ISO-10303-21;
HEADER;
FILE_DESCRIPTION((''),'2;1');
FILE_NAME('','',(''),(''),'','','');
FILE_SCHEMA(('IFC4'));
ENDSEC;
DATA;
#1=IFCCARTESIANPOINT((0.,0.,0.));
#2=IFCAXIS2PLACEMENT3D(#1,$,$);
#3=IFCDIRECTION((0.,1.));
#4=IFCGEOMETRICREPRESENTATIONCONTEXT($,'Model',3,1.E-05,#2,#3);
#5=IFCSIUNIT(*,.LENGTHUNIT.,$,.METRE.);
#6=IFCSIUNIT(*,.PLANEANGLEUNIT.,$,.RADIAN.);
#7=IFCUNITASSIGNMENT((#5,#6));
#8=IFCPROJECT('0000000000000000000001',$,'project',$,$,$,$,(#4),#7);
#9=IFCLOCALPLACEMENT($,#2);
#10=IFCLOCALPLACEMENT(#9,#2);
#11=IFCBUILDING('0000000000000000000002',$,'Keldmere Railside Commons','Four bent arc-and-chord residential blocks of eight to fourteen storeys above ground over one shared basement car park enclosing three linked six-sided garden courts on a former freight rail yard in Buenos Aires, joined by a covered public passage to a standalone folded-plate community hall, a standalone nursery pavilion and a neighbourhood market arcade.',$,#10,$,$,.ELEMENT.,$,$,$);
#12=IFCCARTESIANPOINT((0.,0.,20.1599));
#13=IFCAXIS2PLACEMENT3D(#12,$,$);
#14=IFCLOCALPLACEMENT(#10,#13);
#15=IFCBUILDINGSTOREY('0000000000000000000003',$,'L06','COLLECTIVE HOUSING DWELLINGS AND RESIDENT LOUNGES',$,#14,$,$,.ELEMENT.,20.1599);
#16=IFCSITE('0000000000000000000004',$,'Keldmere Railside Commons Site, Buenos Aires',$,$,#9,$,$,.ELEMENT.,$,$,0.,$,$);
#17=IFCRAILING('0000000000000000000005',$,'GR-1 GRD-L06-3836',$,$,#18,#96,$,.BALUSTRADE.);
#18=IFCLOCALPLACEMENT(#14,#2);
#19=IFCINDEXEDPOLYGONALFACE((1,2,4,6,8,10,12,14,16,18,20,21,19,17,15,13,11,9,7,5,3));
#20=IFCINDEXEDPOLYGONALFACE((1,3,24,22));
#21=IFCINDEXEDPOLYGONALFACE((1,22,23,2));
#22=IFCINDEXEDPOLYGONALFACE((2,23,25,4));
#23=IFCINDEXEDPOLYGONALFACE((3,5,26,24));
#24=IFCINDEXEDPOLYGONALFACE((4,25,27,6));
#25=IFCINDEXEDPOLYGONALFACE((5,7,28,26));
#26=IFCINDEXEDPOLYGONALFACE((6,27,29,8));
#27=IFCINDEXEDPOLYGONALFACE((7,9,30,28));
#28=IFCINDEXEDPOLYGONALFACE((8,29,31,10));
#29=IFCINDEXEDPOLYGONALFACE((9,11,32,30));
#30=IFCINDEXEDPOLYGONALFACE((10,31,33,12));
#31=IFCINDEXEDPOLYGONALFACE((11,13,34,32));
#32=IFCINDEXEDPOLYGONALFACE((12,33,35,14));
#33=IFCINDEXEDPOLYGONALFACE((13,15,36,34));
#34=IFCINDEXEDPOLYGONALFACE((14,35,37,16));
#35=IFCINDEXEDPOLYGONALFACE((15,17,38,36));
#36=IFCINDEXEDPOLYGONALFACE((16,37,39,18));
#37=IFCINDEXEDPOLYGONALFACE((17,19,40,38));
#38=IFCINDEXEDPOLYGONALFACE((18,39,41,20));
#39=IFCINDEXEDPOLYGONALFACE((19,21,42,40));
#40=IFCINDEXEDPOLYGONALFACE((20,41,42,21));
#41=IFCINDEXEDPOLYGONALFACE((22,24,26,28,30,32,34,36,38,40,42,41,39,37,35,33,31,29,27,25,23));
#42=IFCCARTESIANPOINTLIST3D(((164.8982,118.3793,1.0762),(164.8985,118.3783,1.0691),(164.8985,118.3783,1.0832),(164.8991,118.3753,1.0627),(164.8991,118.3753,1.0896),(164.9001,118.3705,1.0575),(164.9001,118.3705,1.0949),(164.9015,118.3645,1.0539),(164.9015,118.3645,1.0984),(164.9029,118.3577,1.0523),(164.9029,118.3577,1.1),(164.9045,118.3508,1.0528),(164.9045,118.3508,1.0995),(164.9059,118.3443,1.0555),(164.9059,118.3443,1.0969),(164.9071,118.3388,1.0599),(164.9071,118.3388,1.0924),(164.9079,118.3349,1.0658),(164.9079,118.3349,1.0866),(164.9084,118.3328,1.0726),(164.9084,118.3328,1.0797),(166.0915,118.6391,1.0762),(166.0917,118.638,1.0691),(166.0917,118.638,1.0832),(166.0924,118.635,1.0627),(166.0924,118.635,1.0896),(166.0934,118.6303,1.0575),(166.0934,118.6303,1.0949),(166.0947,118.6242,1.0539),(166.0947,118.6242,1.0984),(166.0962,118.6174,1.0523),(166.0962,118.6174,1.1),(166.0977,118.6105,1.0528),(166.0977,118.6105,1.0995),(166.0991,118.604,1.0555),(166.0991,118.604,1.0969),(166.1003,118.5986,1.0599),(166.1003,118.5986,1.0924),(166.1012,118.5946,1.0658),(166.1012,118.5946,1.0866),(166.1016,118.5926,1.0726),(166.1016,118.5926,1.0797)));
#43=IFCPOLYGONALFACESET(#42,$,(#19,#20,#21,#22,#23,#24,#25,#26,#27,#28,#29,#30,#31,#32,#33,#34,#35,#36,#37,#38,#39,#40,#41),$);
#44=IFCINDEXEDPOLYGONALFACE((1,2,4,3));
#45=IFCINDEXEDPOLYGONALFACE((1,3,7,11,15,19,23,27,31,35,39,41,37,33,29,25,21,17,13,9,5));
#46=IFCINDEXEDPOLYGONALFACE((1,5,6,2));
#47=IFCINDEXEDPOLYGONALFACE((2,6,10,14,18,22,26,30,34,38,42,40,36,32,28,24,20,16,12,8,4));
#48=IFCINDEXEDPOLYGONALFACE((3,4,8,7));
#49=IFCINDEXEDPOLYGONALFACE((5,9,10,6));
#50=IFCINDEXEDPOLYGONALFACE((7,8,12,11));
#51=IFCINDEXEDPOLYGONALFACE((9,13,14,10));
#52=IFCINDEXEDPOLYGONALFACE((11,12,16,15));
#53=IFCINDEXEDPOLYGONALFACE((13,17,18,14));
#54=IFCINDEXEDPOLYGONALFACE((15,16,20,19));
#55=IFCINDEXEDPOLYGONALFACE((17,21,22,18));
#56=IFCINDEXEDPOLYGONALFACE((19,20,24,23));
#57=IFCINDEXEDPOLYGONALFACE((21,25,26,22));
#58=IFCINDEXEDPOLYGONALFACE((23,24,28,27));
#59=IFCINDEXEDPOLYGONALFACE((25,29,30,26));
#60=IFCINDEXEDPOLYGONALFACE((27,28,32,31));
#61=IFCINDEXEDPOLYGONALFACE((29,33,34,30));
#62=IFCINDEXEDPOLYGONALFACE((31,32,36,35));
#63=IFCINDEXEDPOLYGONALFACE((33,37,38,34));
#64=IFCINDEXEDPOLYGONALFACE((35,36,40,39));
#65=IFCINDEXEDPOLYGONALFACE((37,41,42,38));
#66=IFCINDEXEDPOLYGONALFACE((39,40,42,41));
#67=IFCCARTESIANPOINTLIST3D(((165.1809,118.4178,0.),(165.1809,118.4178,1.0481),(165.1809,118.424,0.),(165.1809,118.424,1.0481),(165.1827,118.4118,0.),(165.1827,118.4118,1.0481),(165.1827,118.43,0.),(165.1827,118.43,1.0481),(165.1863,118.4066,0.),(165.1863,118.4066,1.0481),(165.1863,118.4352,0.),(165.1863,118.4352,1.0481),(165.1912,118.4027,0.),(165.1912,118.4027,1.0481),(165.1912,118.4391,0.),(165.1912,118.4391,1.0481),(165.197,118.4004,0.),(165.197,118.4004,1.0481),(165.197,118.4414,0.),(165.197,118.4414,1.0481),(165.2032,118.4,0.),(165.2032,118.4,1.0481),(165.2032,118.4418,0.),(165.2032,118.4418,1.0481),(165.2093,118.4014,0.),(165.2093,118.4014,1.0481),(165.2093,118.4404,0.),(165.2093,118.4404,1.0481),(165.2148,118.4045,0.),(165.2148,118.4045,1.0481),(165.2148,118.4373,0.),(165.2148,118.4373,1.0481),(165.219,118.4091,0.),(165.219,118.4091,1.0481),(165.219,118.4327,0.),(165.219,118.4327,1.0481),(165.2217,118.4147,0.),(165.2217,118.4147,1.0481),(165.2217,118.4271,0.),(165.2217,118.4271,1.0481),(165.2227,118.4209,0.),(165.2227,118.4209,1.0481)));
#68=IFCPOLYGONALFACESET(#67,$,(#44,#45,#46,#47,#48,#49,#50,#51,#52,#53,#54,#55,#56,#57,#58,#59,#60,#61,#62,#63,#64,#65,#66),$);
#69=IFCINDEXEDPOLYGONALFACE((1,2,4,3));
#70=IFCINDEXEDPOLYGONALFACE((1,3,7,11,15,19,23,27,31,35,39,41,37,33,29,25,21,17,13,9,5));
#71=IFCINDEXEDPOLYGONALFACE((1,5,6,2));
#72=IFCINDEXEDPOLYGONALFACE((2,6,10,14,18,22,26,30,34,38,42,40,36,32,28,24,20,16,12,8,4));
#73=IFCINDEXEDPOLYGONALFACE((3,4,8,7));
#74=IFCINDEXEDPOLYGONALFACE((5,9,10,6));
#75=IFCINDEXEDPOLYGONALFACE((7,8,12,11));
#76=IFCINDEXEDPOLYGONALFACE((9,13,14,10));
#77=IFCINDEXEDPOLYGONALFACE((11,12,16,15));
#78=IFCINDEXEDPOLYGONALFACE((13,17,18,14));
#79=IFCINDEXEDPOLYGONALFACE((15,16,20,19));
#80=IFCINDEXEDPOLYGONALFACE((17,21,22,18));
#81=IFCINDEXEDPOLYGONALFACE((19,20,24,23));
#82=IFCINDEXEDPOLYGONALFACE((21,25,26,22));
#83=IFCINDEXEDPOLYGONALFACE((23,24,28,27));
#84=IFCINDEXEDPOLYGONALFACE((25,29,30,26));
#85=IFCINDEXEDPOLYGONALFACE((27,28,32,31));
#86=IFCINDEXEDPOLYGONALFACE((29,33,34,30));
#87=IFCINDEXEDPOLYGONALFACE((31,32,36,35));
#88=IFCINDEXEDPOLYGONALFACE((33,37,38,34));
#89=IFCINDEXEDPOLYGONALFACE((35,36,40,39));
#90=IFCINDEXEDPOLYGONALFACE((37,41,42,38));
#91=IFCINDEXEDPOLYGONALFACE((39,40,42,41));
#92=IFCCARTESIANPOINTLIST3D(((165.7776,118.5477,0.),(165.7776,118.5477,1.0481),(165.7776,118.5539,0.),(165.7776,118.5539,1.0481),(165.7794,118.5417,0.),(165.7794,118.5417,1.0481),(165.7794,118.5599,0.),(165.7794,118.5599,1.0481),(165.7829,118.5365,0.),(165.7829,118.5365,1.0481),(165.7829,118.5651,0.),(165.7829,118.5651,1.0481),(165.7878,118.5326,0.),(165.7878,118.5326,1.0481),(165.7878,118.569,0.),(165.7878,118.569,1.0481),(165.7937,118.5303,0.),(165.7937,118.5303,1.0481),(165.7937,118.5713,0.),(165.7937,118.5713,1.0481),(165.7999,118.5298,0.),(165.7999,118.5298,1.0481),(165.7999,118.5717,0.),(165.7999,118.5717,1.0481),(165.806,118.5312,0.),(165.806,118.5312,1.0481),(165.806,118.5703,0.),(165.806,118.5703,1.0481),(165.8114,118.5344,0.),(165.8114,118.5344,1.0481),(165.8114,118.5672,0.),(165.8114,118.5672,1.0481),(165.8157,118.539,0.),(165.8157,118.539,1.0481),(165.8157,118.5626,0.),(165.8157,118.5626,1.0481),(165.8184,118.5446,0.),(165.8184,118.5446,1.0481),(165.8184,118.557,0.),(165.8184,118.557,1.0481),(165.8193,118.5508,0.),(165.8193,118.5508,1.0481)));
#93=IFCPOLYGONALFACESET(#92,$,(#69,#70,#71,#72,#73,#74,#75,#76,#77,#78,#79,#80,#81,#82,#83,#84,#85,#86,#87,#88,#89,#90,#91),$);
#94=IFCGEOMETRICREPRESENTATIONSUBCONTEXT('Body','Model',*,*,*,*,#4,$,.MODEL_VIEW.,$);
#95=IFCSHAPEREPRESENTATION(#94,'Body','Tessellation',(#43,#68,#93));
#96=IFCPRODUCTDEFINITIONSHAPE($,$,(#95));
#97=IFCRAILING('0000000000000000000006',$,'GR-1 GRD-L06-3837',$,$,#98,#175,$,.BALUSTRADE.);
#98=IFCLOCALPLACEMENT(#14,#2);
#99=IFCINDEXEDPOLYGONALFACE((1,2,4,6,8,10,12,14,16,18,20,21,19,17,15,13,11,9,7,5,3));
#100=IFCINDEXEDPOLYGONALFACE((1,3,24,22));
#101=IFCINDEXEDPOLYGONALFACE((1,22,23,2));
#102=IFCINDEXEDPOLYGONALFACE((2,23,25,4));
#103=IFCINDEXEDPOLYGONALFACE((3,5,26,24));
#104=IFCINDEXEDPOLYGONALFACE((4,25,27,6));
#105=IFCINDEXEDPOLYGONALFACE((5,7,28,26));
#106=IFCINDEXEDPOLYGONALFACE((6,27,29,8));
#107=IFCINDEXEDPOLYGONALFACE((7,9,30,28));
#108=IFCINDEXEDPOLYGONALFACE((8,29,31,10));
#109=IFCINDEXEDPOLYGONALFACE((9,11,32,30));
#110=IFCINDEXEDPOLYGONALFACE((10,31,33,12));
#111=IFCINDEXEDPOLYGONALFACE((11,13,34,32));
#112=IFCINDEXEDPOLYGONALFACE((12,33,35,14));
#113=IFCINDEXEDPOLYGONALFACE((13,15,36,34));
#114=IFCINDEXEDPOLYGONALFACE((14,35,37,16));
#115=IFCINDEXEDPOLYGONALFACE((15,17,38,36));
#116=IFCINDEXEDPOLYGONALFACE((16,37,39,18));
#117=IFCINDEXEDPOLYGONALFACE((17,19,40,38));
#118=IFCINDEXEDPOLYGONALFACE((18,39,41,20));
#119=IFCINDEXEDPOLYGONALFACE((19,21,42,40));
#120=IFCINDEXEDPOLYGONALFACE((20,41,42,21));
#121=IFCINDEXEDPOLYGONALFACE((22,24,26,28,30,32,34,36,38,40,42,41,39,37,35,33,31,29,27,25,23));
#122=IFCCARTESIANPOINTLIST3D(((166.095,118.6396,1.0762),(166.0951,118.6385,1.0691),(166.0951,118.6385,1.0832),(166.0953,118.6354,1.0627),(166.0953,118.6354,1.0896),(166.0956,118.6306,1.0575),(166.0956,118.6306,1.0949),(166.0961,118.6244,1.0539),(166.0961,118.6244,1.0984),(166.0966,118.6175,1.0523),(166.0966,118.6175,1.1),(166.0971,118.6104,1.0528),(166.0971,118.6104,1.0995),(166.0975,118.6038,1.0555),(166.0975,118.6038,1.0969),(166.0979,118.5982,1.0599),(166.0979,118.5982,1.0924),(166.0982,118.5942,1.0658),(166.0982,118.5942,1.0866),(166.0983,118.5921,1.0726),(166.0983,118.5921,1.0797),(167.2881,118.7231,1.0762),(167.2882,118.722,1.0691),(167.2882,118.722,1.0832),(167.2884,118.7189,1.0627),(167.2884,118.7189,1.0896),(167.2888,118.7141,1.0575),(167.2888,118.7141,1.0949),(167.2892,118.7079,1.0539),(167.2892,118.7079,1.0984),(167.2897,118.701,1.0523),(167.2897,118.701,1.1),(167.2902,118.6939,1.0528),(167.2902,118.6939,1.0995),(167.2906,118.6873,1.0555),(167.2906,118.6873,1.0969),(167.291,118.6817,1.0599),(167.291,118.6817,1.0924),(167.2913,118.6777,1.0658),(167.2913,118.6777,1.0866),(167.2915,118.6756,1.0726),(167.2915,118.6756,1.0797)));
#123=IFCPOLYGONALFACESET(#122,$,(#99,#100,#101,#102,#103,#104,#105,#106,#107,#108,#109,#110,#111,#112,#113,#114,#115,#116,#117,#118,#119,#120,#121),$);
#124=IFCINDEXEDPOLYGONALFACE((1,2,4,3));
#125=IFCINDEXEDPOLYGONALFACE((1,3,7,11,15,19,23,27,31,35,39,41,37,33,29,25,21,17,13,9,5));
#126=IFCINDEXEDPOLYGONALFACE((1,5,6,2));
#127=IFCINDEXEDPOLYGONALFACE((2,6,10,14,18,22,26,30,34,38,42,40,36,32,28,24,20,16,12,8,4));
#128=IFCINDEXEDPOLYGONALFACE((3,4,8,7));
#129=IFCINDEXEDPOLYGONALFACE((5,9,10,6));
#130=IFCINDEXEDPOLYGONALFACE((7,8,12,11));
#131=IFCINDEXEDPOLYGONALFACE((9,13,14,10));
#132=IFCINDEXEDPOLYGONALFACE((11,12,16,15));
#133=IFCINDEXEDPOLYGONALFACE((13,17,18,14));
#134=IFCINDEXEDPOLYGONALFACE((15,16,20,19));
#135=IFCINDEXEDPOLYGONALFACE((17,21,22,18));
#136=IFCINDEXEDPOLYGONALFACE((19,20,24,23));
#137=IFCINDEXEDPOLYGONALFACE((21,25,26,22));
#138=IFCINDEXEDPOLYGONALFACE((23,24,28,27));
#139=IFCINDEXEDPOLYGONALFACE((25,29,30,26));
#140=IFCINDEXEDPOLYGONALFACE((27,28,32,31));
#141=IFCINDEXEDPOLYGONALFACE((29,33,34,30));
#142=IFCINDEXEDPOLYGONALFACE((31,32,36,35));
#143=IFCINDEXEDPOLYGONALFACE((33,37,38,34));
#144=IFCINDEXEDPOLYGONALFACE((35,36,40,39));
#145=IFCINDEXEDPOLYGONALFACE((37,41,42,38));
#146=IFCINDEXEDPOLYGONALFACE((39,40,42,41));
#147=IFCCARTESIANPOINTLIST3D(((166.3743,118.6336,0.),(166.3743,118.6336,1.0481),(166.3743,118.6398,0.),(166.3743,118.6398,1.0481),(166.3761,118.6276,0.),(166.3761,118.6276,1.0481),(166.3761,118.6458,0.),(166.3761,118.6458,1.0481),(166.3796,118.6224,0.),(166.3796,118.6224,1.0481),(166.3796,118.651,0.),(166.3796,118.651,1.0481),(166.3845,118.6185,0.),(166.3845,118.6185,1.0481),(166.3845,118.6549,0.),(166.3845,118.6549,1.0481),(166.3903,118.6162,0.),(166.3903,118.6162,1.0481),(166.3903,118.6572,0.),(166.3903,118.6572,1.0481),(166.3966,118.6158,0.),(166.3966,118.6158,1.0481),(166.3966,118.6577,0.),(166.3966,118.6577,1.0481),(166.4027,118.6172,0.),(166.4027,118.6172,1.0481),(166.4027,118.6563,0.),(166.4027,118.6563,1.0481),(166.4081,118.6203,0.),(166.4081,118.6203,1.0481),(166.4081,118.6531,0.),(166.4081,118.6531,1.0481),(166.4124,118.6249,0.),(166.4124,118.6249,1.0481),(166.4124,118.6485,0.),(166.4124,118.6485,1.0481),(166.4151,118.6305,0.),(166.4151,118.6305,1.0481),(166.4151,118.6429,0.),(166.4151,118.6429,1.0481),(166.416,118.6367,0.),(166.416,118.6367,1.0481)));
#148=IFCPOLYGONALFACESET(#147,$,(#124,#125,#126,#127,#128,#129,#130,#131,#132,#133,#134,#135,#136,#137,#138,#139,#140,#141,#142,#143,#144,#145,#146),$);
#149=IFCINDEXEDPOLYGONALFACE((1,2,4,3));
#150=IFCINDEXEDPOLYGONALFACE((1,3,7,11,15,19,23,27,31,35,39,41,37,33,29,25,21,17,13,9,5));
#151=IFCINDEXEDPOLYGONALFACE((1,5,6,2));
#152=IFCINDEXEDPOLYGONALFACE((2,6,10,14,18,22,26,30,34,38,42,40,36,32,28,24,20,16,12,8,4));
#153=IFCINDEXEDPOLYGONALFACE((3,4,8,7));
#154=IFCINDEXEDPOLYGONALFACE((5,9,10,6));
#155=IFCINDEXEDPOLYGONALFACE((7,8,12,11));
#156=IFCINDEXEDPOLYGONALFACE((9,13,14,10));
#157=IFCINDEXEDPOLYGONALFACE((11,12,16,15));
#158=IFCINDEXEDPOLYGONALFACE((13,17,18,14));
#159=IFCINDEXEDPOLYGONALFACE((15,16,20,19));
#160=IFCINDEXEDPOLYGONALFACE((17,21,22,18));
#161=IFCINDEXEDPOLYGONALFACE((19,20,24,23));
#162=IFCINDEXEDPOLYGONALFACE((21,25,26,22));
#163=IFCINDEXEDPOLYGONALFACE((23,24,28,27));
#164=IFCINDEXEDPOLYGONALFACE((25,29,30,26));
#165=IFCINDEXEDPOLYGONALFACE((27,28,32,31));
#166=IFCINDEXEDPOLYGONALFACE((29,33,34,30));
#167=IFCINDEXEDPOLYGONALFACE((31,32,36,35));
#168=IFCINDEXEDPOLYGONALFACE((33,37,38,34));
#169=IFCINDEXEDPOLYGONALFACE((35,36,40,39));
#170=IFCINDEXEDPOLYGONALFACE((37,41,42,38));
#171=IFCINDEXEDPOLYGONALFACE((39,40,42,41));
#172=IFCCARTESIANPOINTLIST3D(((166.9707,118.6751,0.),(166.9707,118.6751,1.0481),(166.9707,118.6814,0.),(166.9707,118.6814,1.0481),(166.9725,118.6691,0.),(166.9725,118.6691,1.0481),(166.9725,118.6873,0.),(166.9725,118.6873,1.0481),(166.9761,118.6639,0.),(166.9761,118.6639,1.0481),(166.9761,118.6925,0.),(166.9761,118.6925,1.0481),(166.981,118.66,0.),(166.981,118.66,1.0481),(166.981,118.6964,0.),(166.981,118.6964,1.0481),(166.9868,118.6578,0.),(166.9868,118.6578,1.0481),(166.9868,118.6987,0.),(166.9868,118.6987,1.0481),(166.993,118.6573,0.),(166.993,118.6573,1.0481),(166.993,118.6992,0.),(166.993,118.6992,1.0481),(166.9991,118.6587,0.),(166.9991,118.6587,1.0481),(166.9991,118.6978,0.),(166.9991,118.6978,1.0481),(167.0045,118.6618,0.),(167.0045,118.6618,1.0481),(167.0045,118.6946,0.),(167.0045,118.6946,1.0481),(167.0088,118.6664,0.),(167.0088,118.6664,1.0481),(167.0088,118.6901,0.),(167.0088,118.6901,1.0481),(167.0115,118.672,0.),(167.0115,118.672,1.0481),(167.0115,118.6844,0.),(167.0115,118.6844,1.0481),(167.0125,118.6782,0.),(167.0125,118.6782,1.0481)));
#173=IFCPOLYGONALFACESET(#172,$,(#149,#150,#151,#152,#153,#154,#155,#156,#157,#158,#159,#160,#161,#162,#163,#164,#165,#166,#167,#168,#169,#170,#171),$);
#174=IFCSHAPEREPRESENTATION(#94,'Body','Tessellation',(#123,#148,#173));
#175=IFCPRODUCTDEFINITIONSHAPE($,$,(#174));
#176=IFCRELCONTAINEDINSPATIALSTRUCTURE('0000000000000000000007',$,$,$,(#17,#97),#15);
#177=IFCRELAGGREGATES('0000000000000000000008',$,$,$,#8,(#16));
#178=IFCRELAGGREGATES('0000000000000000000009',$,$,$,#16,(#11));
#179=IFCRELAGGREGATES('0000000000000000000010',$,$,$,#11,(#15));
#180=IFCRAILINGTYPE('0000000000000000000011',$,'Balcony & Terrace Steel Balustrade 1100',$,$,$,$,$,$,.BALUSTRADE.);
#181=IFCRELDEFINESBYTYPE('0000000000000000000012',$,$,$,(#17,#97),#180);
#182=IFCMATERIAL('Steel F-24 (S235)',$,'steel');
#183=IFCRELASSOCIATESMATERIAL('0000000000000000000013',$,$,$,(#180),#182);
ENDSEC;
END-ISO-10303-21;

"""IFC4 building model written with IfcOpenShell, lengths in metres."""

from ifc_helpers import new_model, si_unit, direction, frame, origin, origin_2d, place, context, subcontext, project, spatial, circle, extrude, material, type_object, element, save


model = new_model("IFC4")

# Units and contexts
model_context = context("Model", 3, precision=1e-05, world=origin(), true_north=direction((0.0, 1.0)))
body_context = subcontext(model_context, "Body", "Model", "MODEL_VIEW")
ifc_project = project(units=[si_unit("LENGTHUNIT", "METRE"), si_unit("PLANEANGLEUNIT", "RADIAN")], contexts=[model_context])

# Site, building, storey
site_placement = place(None, origin())
site = spatial("IfcSite", under=ifc_project, at=site_placement, Name="Keldmere Railside Commons Site, Buenos Aires", CompositionType="ELEMENT", RefElevation=0.0)
building_placement = place(site_placement, origin())
building = spatial("IfcBuilding", under=site, at=building_placement, Name="Keldmere Railside Commons", Description="Four bent arc-and-chord residential blocks of eight to fourteen storeys above ground over one shared basement car park enclosing three linked six-sided garden courts on a former freight rail yard in Buenos Aires, joined by a covered public passage to a standalone folded-plate community hall, a standalone nursery pavilion and a neighbourhood market arcade.", CompositionType="ELEMENT")
storey_placement = place(building_placement, frame((0.0, 0.0, 20.1599)))
storey = spatial("IfcBuildingStorey", under=building, at=storey_placement, Name="L06", Description="COLLECTIVE HOUSING DWELLINGS AND RESIDENT LOUNGES", CompositionType="ELEMENT", Elevation=20.1599)

# Railings
ifc_material_1 = material(Name="Steel F-24 (S235)", Category="steel")
railing_type = type_object("IfcRailingType", Name="Balcony & Terrace Steel Balustrade 1100", PredefinedType="BALUSTRADE", material=ifc_material_1)
railing_1_placement = place(storey_placement, frame((164.9033, 118.356, 0.0)))
element("IfcRailing", 1, at=railing_1_placement, inside=storey, type_object=railing_type, Name="GR-1 GRD-L06-3836", PredefinedType="BALUSTRADE", context=body_context, shape_type="SweptSolid", body=[
    extrude(circle(Radius=0.0239, at=origin_2d()), frame((0.0, 0.0, 1.0762), z_axis=(0.977119, 0.212695, 0.0), x_axis=(-0.212695, 0.977119, 0.0)), (0.0, 0.0, 1.0), 1.2212),
    extrude(circle(Radius=0.021, at=origin_2d()), frame((0.2983, 0.0649, 0.0)), (0.0, 0.0, 1.0), 1.0481),
    extrude(circle(Radius=0.021, at=origin_2d()), frame((0.895, 0.1948, 0.0)), (0.0, 0.0, 1.0), 1.0481),
])
railing_2_placement = place(storey_placement, frame((166.0967, 118.6157, 0.0)))
element("IfcRailing", 2, at=railing_2_placement, inside=storey, type_object=railing_type, Name="GR-1 GRD-L06-3837", PredefinedType="BALUSTRADE", context=body_context, shape_type="SweptSolid", body=[
    extrude(circle(Radius=0.0239, at=origin_2d()), frame((0.0, 0.0, 1.0762), z_axis=(0.99756, 0.069811, 0.0), x_axis=(-0.069811, 0.99756, 0.0)), (0.0, 0.0, 1.0), 1.196),
    extrude(circle(Radius=0.021, at=origin_2d()), frame((0.2983, 0.021, 0.0)), (0.0, 0.0, 1.0), 1.0481),
    extrude(circle(Radius=0.021, at=origin_2d()), frame((0.8948, 0.0625, 0.0)), (0.0, 0.0, 1.0), 1.0481),
])

save(model, "model.ifc")
